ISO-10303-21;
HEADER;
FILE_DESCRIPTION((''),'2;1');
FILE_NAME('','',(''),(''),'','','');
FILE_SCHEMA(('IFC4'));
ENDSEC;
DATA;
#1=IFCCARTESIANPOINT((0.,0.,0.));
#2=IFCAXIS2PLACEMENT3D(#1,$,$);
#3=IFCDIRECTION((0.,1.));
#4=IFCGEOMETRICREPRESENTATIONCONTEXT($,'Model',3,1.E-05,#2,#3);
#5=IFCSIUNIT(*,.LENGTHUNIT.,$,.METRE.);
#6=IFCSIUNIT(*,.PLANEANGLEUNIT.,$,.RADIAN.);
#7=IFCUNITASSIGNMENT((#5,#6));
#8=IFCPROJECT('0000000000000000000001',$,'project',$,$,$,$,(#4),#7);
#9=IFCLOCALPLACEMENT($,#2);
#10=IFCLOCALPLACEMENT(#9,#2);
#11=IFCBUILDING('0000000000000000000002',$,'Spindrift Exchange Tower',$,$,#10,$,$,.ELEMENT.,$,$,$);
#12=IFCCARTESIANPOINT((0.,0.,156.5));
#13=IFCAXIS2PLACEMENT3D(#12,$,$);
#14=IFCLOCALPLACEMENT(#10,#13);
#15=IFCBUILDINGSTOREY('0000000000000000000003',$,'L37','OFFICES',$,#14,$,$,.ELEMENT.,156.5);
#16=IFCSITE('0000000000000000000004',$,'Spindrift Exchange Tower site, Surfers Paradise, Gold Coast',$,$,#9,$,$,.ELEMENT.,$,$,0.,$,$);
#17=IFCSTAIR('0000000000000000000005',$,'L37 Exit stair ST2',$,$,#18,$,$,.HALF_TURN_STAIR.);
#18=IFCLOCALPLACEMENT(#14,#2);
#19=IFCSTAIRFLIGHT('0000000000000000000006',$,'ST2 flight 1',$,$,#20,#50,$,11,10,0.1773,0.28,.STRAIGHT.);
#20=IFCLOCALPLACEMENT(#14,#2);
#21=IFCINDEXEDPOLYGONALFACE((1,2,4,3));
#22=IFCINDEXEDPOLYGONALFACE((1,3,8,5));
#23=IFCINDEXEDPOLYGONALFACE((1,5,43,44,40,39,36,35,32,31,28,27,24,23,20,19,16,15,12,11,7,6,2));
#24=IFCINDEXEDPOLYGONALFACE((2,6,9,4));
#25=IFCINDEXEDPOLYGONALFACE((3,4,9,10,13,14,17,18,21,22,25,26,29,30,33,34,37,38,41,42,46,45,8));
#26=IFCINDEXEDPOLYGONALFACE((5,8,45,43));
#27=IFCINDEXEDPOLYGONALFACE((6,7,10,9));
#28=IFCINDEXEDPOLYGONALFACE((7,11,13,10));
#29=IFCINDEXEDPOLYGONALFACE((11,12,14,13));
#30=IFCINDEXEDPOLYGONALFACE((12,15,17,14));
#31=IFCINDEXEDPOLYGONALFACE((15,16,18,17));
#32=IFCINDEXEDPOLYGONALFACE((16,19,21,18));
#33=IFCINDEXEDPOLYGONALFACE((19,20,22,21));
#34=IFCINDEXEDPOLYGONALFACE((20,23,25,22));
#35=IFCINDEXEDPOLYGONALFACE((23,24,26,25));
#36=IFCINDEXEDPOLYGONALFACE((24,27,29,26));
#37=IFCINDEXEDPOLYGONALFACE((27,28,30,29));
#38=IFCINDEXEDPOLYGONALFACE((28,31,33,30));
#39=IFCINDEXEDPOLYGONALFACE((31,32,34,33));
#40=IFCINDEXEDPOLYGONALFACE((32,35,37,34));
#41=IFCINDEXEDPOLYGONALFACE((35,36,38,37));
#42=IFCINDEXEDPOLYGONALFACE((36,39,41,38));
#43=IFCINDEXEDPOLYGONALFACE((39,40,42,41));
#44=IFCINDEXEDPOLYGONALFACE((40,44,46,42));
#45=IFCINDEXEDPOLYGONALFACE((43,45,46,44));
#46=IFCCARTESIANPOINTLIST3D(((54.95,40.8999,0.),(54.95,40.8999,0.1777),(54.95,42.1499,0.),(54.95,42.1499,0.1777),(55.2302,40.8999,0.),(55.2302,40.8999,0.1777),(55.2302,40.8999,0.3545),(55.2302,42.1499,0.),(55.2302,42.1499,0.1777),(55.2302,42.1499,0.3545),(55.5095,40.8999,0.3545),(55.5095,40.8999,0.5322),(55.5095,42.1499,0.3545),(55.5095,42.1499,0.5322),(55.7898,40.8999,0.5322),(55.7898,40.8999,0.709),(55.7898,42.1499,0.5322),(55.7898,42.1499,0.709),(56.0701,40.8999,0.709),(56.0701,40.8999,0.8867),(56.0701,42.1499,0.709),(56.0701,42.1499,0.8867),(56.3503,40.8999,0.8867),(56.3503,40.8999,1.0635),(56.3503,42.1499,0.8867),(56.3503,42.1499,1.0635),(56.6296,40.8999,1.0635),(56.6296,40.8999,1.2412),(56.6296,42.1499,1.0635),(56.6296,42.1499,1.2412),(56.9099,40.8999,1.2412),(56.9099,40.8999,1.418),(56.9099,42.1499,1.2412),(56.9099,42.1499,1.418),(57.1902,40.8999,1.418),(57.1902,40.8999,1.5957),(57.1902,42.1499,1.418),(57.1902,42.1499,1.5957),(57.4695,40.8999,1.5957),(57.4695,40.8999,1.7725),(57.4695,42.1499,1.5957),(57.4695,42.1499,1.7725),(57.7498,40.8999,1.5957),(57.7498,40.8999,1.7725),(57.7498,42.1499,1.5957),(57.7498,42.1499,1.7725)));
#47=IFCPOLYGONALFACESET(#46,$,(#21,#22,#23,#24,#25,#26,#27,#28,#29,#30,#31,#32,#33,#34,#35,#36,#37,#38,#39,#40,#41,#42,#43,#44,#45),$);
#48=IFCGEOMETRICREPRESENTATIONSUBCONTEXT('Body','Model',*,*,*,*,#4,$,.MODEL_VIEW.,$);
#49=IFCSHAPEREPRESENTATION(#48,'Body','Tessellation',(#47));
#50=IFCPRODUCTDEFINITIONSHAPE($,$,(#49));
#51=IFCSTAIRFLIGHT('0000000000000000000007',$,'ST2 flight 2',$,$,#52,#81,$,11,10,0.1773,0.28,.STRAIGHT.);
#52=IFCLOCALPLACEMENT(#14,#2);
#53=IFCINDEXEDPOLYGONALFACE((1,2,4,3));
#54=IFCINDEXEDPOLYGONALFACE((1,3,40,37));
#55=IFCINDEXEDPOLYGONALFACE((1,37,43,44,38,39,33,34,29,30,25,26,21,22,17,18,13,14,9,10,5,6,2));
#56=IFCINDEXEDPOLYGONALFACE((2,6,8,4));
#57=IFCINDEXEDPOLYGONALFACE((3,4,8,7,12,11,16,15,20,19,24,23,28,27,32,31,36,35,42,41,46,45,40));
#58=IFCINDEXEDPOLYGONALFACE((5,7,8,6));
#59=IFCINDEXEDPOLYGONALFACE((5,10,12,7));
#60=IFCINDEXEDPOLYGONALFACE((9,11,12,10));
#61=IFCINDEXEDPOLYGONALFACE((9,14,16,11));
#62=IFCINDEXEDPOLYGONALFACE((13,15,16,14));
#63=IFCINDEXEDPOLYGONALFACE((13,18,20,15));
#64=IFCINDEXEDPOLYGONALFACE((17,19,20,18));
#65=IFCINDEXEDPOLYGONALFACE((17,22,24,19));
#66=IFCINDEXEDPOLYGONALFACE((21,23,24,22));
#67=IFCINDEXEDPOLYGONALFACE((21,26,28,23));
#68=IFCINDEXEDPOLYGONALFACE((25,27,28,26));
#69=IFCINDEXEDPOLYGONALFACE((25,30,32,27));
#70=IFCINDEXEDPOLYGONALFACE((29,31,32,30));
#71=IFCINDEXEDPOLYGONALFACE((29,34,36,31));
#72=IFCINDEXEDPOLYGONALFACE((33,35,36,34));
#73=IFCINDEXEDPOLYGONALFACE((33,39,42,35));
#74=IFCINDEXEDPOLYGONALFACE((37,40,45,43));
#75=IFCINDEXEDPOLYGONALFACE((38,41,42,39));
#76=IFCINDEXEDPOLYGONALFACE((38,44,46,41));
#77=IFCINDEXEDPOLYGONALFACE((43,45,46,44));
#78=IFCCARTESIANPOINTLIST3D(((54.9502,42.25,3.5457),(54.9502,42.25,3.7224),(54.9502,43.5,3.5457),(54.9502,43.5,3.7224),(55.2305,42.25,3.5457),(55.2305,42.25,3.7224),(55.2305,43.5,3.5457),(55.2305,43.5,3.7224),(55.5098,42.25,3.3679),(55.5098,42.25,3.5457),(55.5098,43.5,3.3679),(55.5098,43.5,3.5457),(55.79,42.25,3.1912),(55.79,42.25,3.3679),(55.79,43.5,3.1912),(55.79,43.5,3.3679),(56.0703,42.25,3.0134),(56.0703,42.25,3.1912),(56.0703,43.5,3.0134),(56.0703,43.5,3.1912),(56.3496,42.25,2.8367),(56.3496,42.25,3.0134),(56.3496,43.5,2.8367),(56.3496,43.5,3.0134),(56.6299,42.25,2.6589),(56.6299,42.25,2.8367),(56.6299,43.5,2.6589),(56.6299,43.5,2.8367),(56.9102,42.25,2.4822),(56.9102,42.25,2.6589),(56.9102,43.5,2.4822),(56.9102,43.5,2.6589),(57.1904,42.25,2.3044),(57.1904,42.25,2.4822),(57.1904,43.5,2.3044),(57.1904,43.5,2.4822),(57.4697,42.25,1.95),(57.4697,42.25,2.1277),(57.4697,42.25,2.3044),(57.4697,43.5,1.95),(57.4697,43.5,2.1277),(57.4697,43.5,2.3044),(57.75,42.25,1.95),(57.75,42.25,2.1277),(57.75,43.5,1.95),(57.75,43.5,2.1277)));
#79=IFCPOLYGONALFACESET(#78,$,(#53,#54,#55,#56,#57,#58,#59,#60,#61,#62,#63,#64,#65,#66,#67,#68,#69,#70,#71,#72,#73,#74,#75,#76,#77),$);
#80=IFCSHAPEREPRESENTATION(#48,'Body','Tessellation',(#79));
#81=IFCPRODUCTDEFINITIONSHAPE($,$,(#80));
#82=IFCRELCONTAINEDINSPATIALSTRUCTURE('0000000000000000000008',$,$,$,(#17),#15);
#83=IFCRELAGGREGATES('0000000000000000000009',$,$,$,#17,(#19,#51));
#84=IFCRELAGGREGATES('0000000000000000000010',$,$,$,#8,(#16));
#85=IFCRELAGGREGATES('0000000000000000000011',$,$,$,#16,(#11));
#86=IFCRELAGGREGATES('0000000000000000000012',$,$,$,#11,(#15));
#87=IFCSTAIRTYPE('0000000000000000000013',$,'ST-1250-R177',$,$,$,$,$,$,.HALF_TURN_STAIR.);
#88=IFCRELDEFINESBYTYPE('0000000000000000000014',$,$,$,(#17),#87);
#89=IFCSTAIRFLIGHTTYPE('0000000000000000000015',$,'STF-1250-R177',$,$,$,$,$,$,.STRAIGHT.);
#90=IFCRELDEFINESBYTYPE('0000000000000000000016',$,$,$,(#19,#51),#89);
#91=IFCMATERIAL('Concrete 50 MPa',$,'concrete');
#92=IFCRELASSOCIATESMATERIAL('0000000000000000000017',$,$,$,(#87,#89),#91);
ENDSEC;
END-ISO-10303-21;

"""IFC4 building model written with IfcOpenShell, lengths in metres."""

from ifc_helpers import new_model, si_unit, direction, frame, origin, place, context, subcontext, project, spatial, line, indexed_curve, outline, extrude, material, type_object, element, aggregate, save


model = new_model("IFC4")

# Units and contexts
model_context = context("Model", 3, precision=1e-05, world=origin(), true_north=direction((0.0, 1.0)))
body_context = subcontext(model_context, "Body", "Model", "MODEL_VIEW")
ifc_project = project(units=[si_unit("LENGTHUNIT", "METRE"), si_unit("PLANEANGLEUNIT", "RADIAN")], contexts=[model_context])

# Site, building, storey
site_placement = place(None, origin())
site = spatial("IfcSite", under=ifc_project, at=site_placement, Name="Spindrift Exchange Tower site, Surfers Paradise, Gold Coast", CompositionType="ELEMENT", RefElevation=0.0)
building_placement = place(site_placement, origin())
building = spatial("IfcBuilding", under=site, at=building_placement, Name="Spindrift Exchange Tower", CompositionType="ELEMENT")
storey_placement = place(building_placement, frame((0.0, 0.0, 156.5)))
storey = spatial("IfcBuildingStorey", under=building, at=storey_placement, Name="L37", Description="OFFICES", CompositionType="ELEMENT", Elevation=156.5)

# Stair, stair flights
ifc_material_1 = material(Name="Concrete 50 MPa", Category="concrete")
stair_type = type_object("IfcStairType", Name="ST-1250-R177", PredefinedType="HALF_TURN_STAIR", material=ifc_material_1)
stair_placement = place(storey_placement, origin())
stair = element("IfcStair", 1, at=stair_placement, inside=storey, type_object=stair_type, Name="L37 Exit stair ST2", PredefinedType="HALF_TURN_STAIR")
stair_flight_type = type_object("IfcStairFlightType", Name="STF-1250-R177", PredefinedType="STRAIGHT", material=ifc_material_1)
stair_flight_1_placement = place(storey_placement, frame((54.95, 41.5249, 0.0), z_axis=(0.0, 0.0, 1.0), x_axis=(1.0, 0.0, 0.0)))
stair_flight_1 = element("IfcStairFlight", 2, at=stair_flight_1_placement, type_object=stair_flight_type, Name="ST2 flight 1", NumberOfRisers=11, NumberOfTreads=10, PredefinedType="STRAIGHT", RiserHeight=0.1773, TreadLength=0.28, context=body_context, shape_type="SweptSolid", body=[
    extrude(outline(indexed_curve([(0.0, 0.0), (0.0, 0.1777), (0.2803, 0.1777), (0.2803, 0.3545), (0.5596, 0.3545), (0.5596, 0.5322), (0.8398, 0.5322), (0.8398, 0.709), (1.1201, 0.709), (1.1201, 0.8867), (1.4004, 0.8867), (1.4004, 1.0635), (1.6797, 1.0635), (1.6797, 1.2412), (1.96, 1.2412), (1.96, 1.418), (2.2402, 1.418), (2.2402, 1.5957), (2.5195, 1.5957), (2.5195, 1.7725), (2.7998, 1.7725), (2.7998, 1.9502), (2.7998, 1.5957), (0.2803, 0.0)], segments=[line(1, 2, 3, 4, 5, 6, 7, 8, 9, 10, 11, 12, 13, 14, 15, 16, 17, 18, 19, 20, 21, 22, 23, 24, 1)], self_intersect=False)), frame((0.0, 0.625, 0.0), z_axis=(0.0, -1.0, 0.0), x_axis=(1.0, 0.0, 0.0)), (0.0, 0.0, 1.0), 1.25),
])
stair_flight_2_placement = place(storey_placement, frame((57.75, 42.875, 1.95), z_axis=(0.0, 0.0, 1.0), x_axis=(-1.0, 0.0, 0.0)))
stair_flight_2 = element("IfcStairFlight", 3, at=stair_flight_2_placement, type_object=stair_flight_type, Name="ST2 flight 2", NumberOfRisers=11, NumberOfTreads=10, PredefinedType="STRAIGHT", RiserHeight=0.1773, TreadLength=0.28, context=body_context, shape_type="SweptSolid", body=[
    extrude(outline(indexed_curve([(0.0, 0.0), (0.0, 0.1777), (0.2803, 0.1777), (0.2803, 0.3545), (0.5596, 0.3545), (0.5596, 0.5322), (0.8398, 0.5322), (0.8398, 0.709), (1.1201, 0.709), (1.1201, 0.8867), (1.4004, 0.8867), (1.4004, 1.0635), (1.6797, 1.0635), (1.6797, 1.2412), (1.96, 1.2412), (1.96, 1.418), (2.2402, 1.418), (2.2402, 1.5957), (2.5195, 1.5957), (2.5195, 1.7725), (2.7998, 1.7725), (2.7998, 1.9502), (2.7998, 1.5957), (0.2803, 0.0)], segments=[line(1, 2, 3, 4, 5, 6, 7, 8, 9, 10, 11, 12, 13, 14, 15, 16, 17, 18, 19, 20, 21, 22, 23, 24, 1)], self_intersect=False)), frame((0.0, 0.625, 0.0), z_axis=(0.0, -1.0, 0.0), x_axis=(1.0, 0.0, 0.0)), (0.0, 0.0, 1.0), 1.25),
])
aggregate(stair, [stair_flight_1, stair_flight_2])

save(model, "model.ifc")
